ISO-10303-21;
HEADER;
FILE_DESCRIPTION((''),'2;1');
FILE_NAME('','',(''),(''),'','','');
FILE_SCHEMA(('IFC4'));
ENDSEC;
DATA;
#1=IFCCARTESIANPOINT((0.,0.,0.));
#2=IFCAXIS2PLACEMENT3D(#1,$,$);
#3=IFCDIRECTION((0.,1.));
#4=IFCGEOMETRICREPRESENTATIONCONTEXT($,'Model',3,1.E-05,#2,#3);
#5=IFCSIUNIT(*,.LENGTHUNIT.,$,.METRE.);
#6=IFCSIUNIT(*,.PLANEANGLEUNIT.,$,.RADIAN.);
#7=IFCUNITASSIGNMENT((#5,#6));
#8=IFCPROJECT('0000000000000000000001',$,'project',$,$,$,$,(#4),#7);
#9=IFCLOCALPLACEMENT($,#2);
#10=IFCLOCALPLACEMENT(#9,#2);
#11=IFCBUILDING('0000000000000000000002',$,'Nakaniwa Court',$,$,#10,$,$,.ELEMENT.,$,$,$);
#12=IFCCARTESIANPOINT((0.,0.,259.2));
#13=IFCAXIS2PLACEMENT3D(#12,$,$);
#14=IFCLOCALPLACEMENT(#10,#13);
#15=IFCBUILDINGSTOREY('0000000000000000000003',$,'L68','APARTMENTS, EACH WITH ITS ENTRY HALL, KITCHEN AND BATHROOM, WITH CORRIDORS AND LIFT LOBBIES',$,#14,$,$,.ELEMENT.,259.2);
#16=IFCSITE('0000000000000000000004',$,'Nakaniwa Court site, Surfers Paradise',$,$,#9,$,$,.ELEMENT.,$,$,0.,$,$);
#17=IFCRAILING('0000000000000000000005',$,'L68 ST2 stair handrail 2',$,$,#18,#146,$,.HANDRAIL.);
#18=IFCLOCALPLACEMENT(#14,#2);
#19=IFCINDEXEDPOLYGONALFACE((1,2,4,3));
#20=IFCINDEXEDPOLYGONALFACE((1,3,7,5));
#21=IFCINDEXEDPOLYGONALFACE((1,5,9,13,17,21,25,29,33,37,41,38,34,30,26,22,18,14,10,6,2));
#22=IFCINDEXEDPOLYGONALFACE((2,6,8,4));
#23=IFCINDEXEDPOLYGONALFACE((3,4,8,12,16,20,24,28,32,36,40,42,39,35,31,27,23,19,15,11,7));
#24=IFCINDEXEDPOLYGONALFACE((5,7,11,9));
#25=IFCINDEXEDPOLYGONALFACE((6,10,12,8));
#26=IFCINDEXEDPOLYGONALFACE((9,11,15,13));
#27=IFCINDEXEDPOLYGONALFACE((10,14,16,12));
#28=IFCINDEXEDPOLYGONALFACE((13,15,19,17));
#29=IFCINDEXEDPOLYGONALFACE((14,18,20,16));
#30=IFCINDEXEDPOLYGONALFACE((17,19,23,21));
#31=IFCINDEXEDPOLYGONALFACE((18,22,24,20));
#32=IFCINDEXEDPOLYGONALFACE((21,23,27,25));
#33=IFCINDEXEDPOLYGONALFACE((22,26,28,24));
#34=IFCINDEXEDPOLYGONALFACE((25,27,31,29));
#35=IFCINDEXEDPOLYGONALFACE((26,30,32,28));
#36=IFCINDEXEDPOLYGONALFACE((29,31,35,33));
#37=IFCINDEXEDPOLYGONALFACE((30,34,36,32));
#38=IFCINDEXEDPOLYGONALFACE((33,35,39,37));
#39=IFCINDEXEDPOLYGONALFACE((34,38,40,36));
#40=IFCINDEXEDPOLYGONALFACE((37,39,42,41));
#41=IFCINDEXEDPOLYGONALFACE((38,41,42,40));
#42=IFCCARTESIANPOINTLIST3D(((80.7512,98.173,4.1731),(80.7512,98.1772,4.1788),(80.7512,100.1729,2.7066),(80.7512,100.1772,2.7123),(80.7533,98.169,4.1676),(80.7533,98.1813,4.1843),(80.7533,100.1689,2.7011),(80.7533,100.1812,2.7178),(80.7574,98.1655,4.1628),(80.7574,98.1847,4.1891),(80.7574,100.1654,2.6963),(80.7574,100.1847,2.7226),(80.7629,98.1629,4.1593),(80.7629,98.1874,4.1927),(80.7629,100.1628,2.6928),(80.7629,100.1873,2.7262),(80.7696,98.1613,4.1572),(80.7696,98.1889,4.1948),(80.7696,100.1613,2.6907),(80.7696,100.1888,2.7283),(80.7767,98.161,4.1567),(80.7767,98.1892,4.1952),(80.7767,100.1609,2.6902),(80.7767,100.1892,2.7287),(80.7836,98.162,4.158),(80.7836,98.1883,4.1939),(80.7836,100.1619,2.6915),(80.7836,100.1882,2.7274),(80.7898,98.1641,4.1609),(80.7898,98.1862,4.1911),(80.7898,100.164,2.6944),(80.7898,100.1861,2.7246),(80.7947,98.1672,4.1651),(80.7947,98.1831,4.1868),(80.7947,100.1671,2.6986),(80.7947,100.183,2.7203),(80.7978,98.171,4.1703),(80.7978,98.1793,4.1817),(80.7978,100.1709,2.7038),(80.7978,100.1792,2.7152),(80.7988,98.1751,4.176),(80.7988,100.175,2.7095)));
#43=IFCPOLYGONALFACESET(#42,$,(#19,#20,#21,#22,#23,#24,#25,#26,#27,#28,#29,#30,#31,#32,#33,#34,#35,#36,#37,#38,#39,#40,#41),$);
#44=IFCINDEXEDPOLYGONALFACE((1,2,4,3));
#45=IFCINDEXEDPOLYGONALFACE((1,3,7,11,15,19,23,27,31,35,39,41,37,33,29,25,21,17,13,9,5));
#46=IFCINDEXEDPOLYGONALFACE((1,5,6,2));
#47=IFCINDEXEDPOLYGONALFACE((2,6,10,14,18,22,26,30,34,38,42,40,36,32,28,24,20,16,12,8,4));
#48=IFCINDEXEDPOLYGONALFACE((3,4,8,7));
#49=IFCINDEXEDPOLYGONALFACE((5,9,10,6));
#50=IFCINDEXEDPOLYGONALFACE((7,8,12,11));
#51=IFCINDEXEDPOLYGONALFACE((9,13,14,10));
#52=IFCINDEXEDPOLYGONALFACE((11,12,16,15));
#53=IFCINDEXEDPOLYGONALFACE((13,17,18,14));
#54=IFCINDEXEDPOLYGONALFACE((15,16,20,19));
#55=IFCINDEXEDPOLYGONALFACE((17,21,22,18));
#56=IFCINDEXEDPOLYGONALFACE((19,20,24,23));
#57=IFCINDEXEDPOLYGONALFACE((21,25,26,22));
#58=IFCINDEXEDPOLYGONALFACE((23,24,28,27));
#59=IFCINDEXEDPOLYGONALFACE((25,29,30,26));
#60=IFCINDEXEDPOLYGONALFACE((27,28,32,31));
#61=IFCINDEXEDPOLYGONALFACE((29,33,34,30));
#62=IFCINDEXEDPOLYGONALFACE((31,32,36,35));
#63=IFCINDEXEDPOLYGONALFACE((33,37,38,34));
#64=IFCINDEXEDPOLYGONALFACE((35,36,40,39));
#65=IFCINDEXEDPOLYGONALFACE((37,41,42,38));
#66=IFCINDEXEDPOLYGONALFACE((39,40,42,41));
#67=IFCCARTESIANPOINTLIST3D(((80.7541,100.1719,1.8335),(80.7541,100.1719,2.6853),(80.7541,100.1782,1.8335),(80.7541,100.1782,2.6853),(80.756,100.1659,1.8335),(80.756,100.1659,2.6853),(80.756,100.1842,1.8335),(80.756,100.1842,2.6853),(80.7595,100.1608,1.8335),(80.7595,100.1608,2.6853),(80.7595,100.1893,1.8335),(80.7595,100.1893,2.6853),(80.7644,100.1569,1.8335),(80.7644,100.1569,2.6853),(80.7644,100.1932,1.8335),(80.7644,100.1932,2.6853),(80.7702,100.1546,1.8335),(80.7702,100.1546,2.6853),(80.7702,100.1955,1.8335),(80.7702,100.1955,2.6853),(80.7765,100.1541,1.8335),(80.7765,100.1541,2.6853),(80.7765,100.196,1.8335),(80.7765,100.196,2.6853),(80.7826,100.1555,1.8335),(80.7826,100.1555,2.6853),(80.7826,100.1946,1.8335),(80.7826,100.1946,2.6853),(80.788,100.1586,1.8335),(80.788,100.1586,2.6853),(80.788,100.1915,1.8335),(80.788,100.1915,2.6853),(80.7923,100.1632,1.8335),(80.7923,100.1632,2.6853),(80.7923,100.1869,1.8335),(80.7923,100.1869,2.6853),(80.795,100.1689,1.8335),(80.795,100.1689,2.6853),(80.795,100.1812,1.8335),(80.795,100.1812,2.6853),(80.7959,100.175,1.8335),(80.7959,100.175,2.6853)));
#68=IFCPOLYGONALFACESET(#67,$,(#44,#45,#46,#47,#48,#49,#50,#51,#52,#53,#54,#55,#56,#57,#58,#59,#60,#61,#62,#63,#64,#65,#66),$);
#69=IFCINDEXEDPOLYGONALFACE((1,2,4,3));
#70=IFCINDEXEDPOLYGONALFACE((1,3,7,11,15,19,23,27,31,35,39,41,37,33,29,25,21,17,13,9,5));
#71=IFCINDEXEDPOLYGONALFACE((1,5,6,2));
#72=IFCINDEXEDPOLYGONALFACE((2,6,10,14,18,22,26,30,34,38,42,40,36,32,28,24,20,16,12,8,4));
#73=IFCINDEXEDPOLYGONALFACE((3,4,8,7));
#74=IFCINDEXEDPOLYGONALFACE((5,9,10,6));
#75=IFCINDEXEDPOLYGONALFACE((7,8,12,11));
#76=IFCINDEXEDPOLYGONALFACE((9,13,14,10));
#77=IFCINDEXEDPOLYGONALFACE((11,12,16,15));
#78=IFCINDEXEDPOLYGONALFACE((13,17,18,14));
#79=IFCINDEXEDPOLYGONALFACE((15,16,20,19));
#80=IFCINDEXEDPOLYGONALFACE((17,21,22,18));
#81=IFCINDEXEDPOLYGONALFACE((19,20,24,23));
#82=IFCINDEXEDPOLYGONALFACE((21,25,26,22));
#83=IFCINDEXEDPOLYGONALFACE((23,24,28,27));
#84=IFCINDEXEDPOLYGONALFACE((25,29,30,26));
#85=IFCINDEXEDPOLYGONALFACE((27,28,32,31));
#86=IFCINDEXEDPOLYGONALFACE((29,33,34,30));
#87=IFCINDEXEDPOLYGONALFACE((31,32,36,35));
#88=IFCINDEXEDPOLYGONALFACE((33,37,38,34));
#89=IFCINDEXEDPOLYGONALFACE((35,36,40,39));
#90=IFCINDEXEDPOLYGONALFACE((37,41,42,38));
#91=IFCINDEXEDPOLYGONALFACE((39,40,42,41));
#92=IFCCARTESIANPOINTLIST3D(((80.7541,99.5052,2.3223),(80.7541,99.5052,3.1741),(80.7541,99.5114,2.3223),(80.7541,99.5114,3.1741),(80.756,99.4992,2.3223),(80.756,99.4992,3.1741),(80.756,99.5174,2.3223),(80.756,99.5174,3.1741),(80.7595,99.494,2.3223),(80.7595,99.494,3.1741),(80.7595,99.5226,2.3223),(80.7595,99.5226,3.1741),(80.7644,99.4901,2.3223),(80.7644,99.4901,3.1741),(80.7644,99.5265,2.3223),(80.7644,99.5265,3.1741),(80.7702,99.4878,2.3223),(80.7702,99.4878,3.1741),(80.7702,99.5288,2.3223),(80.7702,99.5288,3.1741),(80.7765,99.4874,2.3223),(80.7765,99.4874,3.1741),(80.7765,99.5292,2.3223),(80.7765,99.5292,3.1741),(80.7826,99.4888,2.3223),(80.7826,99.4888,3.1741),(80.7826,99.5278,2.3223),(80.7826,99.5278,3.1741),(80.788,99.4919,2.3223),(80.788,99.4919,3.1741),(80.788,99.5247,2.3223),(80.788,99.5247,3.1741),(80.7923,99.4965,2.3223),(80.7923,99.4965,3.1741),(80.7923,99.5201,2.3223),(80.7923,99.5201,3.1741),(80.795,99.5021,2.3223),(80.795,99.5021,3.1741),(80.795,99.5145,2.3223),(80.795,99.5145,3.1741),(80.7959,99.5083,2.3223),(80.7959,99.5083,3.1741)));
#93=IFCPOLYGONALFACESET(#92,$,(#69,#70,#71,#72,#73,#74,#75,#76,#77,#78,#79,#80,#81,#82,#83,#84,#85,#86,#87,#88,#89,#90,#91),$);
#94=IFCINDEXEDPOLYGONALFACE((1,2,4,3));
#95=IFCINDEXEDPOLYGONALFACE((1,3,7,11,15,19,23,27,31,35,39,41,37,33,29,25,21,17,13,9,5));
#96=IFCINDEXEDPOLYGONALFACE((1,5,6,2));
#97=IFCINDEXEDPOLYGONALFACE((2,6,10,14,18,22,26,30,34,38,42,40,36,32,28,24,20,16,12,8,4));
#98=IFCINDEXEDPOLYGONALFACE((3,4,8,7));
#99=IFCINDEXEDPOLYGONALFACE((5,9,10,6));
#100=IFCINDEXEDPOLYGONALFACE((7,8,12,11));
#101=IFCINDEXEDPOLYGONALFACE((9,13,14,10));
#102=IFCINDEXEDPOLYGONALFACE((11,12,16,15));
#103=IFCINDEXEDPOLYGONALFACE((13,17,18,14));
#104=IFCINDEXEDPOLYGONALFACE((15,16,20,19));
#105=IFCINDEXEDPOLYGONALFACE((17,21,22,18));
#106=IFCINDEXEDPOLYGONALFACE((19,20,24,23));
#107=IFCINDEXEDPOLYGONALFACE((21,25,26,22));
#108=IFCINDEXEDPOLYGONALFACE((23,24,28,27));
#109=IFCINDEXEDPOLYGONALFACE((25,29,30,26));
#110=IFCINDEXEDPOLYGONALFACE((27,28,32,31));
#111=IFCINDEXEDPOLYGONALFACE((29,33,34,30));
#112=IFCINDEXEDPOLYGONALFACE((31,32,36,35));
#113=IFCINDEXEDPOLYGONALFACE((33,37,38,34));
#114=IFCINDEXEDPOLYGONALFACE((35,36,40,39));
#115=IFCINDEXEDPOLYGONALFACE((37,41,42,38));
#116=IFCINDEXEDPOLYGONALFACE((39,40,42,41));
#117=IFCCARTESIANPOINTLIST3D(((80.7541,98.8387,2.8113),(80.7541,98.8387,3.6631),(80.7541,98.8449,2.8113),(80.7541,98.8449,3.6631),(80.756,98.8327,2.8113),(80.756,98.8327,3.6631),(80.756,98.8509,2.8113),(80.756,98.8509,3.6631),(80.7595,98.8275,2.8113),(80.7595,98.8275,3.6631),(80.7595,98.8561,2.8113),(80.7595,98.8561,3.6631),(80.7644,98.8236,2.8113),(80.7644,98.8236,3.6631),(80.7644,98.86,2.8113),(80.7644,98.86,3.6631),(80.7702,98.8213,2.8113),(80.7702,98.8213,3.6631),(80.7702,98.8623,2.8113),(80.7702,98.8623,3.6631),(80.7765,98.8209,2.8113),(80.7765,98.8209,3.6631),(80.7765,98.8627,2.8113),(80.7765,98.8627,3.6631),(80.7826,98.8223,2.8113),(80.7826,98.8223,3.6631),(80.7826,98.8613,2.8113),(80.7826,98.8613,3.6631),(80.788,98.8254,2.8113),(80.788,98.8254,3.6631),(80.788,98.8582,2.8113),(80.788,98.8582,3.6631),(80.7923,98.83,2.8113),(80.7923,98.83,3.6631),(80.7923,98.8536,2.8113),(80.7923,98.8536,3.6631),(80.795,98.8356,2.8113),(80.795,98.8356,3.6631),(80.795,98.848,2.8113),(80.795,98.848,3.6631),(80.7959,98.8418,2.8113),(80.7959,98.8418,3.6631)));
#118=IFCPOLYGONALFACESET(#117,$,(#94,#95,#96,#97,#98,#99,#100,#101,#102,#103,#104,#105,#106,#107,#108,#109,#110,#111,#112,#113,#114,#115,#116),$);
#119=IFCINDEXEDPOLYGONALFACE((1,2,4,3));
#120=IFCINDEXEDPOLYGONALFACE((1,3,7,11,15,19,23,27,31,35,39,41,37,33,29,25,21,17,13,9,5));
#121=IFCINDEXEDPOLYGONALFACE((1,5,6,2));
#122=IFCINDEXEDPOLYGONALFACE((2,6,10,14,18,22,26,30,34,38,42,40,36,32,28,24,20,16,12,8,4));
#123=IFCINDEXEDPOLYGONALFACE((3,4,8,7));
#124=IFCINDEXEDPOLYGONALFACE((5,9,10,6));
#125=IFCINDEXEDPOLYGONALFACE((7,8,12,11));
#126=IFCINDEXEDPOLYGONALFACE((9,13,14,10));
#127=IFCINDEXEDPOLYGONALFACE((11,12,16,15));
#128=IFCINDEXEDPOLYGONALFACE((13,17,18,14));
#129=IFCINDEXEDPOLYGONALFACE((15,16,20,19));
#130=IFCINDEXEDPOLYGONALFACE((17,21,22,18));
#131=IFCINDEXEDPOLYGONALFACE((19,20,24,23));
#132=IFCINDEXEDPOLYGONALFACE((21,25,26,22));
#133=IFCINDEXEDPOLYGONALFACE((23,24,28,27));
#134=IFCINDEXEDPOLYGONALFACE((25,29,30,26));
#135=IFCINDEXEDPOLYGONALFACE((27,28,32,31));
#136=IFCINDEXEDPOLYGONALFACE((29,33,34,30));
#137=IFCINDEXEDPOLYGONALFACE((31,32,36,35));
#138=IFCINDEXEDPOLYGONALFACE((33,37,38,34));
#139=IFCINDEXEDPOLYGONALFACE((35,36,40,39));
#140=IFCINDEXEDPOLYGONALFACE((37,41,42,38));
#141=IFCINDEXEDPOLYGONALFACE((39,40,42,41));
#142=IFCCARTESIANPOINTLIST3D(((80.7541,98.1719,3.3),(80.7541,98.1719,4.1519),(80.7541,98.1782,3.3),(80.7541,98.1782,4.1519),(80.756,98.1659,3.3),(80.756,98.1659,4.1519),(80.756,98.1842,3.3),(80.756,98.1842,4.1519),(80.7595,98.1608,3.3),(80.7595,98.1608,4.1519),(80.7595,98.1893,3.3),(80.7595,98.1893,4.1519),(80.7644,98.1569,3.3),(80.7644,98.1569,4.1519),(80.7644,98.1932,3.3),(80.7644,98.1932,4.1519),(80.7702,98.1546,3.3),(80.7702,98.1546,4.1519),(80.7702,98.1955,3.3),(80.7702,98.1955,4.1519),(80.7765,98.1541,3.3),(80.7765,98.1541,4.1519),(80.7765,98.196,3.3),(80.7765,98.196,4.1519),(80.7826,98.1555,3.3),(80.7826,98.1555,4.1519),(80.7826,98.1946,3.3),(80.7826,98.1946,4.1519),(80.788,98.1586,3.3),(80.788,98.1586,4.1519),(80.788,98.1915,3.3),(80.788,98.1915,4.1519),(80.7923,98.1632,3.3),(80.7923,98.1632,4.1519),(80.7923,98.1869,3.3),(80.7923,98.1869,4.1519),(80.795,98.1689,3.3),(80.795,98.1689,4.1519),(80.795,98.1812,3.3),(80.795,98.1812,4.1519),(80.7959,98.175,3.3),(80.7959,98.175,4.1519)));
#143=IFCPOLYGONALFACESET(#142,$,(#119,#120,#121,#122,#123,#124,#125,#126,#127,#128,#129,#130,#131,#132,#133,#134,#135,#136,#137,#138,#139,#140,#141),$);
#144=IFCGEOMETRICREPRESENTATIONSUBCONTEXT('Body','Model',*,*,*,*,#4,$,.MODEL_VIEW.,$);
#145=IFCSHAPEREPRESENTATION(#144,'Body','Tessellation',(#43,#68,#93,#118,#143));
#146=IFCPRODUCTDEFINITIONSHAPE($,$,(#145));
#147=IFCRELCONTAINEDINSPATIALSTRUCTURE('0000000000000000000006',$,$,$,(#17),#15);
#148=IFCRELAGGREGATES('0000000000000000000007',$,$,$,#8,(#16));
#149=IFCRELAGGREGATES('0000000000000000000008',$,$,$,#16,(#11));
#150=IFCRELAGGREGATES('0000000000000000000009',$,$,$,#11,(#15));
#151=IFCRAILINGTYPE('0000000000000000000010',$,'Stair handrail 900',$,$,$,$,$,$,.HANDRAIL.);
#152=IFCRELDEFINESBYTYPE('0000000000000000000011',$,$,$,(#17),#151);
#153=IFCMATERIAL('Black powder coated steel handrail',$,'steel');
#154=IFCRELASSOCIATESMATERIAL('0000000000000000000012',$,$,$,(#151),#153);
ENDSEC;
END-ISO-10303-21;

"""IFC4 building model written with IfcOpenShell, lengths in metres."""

from ifc_helpers import new_model, si_unit, direction, frame, origin, origin_2d, place, context, subcontext, project, spatial, circle, extrude, material, type_object, element, save


model = new_model("IFC4")

# Units and contexts
model_context = context("Model", 3, precision=1e-05, world=origin(), true_north=direction((0.0, 1.0)))
body_context = subcontext(model_context, "Body", "Model", "MODEL_VIEW")
ifc_project = project(units=[si_unit("LENGTHUNIT", "METRE"), si_unit("PLANEANGLEUNIT", "RADIAN")], contexts=[model_context])

# Site, building, storey
site_placement = place(None, origin())
site = spatial("IfcSite", under=ifc_project, at=site_placement, Name="Nakaniwa Court site, Surfers Paradise", CompositionType="ELEMENT", RefElevation=0.0)
building_placement = place(site_placement, origin())
building = spatial("IfcBuilding", under=site, at=building_placement, Name="Nakaniwa Court", CompositionType="ELEMENT")
storey_placement = place(building_placement, frame((0.0, 0.0, 259.2)))
storey = spatial("IfcBuildingStorey", under=building, at=storey_placement, Name="L68", Description="APARTMENTS, EACH WITH ITS ENTRY HALL, KITCHEN AND BATHROOM, WITH CORRIDORS AND LIFT LOBBIES", CompositionType="ELEMENT", Elevation=259.2)

# Railing
ifc_material_1 = material(Name="Black powder coated steel handrail", Category="steel")
railing_type_1 = type_object("IfcRailingType", Name="Stair handrail 900", PredefinedType="HANDRAIL", material=ifc_material_1)
railing_1_placement = place(storey_placement, frame((80.7749, 100.175, 1.8335)))
element("IfcRailing", 1, at=railing_1_placement, inside=storey, type_object=railing_type_1, Name="L68 ST2 stair handrail 2", PredefinedType="HANDRAIL", context=body_context, shape_type="SweptSolid", body=[
    extrude(circle(Radius=0.0239, at=origin_2d()), frame((0.0, 0.0, 0.876), z_axis=(0.0, -0.806427, 0.591334), x_axis=(1.0, 0.0, 0.0)), (0.0, 0.0, 1.0), 2.48),
    extrude(circle(Radius=0.021, at=origin_2d()), origin(), (0.0, 0.0, 1.0), 0.8518),
    extrude(circle(Radius=0.021, at=origin_2d()), frame((0.0, -0.6667, 0.4888)), (0.0, 0.0, 1.0), 0.8518),
    extrude(circle(Radius=0.021, at=origin_2d()), frame((0.0, -1.3333, 0.9778)), (0.0, 0.0, 1.0), 0.8518),
    extrude(circle(Radius=0.021, at=origin_2d()), frame((0.0, -2.0, 1.4666)), (0.0, 0.0, 1.0), 0.8518),
])

save(model, "model.ifc")
